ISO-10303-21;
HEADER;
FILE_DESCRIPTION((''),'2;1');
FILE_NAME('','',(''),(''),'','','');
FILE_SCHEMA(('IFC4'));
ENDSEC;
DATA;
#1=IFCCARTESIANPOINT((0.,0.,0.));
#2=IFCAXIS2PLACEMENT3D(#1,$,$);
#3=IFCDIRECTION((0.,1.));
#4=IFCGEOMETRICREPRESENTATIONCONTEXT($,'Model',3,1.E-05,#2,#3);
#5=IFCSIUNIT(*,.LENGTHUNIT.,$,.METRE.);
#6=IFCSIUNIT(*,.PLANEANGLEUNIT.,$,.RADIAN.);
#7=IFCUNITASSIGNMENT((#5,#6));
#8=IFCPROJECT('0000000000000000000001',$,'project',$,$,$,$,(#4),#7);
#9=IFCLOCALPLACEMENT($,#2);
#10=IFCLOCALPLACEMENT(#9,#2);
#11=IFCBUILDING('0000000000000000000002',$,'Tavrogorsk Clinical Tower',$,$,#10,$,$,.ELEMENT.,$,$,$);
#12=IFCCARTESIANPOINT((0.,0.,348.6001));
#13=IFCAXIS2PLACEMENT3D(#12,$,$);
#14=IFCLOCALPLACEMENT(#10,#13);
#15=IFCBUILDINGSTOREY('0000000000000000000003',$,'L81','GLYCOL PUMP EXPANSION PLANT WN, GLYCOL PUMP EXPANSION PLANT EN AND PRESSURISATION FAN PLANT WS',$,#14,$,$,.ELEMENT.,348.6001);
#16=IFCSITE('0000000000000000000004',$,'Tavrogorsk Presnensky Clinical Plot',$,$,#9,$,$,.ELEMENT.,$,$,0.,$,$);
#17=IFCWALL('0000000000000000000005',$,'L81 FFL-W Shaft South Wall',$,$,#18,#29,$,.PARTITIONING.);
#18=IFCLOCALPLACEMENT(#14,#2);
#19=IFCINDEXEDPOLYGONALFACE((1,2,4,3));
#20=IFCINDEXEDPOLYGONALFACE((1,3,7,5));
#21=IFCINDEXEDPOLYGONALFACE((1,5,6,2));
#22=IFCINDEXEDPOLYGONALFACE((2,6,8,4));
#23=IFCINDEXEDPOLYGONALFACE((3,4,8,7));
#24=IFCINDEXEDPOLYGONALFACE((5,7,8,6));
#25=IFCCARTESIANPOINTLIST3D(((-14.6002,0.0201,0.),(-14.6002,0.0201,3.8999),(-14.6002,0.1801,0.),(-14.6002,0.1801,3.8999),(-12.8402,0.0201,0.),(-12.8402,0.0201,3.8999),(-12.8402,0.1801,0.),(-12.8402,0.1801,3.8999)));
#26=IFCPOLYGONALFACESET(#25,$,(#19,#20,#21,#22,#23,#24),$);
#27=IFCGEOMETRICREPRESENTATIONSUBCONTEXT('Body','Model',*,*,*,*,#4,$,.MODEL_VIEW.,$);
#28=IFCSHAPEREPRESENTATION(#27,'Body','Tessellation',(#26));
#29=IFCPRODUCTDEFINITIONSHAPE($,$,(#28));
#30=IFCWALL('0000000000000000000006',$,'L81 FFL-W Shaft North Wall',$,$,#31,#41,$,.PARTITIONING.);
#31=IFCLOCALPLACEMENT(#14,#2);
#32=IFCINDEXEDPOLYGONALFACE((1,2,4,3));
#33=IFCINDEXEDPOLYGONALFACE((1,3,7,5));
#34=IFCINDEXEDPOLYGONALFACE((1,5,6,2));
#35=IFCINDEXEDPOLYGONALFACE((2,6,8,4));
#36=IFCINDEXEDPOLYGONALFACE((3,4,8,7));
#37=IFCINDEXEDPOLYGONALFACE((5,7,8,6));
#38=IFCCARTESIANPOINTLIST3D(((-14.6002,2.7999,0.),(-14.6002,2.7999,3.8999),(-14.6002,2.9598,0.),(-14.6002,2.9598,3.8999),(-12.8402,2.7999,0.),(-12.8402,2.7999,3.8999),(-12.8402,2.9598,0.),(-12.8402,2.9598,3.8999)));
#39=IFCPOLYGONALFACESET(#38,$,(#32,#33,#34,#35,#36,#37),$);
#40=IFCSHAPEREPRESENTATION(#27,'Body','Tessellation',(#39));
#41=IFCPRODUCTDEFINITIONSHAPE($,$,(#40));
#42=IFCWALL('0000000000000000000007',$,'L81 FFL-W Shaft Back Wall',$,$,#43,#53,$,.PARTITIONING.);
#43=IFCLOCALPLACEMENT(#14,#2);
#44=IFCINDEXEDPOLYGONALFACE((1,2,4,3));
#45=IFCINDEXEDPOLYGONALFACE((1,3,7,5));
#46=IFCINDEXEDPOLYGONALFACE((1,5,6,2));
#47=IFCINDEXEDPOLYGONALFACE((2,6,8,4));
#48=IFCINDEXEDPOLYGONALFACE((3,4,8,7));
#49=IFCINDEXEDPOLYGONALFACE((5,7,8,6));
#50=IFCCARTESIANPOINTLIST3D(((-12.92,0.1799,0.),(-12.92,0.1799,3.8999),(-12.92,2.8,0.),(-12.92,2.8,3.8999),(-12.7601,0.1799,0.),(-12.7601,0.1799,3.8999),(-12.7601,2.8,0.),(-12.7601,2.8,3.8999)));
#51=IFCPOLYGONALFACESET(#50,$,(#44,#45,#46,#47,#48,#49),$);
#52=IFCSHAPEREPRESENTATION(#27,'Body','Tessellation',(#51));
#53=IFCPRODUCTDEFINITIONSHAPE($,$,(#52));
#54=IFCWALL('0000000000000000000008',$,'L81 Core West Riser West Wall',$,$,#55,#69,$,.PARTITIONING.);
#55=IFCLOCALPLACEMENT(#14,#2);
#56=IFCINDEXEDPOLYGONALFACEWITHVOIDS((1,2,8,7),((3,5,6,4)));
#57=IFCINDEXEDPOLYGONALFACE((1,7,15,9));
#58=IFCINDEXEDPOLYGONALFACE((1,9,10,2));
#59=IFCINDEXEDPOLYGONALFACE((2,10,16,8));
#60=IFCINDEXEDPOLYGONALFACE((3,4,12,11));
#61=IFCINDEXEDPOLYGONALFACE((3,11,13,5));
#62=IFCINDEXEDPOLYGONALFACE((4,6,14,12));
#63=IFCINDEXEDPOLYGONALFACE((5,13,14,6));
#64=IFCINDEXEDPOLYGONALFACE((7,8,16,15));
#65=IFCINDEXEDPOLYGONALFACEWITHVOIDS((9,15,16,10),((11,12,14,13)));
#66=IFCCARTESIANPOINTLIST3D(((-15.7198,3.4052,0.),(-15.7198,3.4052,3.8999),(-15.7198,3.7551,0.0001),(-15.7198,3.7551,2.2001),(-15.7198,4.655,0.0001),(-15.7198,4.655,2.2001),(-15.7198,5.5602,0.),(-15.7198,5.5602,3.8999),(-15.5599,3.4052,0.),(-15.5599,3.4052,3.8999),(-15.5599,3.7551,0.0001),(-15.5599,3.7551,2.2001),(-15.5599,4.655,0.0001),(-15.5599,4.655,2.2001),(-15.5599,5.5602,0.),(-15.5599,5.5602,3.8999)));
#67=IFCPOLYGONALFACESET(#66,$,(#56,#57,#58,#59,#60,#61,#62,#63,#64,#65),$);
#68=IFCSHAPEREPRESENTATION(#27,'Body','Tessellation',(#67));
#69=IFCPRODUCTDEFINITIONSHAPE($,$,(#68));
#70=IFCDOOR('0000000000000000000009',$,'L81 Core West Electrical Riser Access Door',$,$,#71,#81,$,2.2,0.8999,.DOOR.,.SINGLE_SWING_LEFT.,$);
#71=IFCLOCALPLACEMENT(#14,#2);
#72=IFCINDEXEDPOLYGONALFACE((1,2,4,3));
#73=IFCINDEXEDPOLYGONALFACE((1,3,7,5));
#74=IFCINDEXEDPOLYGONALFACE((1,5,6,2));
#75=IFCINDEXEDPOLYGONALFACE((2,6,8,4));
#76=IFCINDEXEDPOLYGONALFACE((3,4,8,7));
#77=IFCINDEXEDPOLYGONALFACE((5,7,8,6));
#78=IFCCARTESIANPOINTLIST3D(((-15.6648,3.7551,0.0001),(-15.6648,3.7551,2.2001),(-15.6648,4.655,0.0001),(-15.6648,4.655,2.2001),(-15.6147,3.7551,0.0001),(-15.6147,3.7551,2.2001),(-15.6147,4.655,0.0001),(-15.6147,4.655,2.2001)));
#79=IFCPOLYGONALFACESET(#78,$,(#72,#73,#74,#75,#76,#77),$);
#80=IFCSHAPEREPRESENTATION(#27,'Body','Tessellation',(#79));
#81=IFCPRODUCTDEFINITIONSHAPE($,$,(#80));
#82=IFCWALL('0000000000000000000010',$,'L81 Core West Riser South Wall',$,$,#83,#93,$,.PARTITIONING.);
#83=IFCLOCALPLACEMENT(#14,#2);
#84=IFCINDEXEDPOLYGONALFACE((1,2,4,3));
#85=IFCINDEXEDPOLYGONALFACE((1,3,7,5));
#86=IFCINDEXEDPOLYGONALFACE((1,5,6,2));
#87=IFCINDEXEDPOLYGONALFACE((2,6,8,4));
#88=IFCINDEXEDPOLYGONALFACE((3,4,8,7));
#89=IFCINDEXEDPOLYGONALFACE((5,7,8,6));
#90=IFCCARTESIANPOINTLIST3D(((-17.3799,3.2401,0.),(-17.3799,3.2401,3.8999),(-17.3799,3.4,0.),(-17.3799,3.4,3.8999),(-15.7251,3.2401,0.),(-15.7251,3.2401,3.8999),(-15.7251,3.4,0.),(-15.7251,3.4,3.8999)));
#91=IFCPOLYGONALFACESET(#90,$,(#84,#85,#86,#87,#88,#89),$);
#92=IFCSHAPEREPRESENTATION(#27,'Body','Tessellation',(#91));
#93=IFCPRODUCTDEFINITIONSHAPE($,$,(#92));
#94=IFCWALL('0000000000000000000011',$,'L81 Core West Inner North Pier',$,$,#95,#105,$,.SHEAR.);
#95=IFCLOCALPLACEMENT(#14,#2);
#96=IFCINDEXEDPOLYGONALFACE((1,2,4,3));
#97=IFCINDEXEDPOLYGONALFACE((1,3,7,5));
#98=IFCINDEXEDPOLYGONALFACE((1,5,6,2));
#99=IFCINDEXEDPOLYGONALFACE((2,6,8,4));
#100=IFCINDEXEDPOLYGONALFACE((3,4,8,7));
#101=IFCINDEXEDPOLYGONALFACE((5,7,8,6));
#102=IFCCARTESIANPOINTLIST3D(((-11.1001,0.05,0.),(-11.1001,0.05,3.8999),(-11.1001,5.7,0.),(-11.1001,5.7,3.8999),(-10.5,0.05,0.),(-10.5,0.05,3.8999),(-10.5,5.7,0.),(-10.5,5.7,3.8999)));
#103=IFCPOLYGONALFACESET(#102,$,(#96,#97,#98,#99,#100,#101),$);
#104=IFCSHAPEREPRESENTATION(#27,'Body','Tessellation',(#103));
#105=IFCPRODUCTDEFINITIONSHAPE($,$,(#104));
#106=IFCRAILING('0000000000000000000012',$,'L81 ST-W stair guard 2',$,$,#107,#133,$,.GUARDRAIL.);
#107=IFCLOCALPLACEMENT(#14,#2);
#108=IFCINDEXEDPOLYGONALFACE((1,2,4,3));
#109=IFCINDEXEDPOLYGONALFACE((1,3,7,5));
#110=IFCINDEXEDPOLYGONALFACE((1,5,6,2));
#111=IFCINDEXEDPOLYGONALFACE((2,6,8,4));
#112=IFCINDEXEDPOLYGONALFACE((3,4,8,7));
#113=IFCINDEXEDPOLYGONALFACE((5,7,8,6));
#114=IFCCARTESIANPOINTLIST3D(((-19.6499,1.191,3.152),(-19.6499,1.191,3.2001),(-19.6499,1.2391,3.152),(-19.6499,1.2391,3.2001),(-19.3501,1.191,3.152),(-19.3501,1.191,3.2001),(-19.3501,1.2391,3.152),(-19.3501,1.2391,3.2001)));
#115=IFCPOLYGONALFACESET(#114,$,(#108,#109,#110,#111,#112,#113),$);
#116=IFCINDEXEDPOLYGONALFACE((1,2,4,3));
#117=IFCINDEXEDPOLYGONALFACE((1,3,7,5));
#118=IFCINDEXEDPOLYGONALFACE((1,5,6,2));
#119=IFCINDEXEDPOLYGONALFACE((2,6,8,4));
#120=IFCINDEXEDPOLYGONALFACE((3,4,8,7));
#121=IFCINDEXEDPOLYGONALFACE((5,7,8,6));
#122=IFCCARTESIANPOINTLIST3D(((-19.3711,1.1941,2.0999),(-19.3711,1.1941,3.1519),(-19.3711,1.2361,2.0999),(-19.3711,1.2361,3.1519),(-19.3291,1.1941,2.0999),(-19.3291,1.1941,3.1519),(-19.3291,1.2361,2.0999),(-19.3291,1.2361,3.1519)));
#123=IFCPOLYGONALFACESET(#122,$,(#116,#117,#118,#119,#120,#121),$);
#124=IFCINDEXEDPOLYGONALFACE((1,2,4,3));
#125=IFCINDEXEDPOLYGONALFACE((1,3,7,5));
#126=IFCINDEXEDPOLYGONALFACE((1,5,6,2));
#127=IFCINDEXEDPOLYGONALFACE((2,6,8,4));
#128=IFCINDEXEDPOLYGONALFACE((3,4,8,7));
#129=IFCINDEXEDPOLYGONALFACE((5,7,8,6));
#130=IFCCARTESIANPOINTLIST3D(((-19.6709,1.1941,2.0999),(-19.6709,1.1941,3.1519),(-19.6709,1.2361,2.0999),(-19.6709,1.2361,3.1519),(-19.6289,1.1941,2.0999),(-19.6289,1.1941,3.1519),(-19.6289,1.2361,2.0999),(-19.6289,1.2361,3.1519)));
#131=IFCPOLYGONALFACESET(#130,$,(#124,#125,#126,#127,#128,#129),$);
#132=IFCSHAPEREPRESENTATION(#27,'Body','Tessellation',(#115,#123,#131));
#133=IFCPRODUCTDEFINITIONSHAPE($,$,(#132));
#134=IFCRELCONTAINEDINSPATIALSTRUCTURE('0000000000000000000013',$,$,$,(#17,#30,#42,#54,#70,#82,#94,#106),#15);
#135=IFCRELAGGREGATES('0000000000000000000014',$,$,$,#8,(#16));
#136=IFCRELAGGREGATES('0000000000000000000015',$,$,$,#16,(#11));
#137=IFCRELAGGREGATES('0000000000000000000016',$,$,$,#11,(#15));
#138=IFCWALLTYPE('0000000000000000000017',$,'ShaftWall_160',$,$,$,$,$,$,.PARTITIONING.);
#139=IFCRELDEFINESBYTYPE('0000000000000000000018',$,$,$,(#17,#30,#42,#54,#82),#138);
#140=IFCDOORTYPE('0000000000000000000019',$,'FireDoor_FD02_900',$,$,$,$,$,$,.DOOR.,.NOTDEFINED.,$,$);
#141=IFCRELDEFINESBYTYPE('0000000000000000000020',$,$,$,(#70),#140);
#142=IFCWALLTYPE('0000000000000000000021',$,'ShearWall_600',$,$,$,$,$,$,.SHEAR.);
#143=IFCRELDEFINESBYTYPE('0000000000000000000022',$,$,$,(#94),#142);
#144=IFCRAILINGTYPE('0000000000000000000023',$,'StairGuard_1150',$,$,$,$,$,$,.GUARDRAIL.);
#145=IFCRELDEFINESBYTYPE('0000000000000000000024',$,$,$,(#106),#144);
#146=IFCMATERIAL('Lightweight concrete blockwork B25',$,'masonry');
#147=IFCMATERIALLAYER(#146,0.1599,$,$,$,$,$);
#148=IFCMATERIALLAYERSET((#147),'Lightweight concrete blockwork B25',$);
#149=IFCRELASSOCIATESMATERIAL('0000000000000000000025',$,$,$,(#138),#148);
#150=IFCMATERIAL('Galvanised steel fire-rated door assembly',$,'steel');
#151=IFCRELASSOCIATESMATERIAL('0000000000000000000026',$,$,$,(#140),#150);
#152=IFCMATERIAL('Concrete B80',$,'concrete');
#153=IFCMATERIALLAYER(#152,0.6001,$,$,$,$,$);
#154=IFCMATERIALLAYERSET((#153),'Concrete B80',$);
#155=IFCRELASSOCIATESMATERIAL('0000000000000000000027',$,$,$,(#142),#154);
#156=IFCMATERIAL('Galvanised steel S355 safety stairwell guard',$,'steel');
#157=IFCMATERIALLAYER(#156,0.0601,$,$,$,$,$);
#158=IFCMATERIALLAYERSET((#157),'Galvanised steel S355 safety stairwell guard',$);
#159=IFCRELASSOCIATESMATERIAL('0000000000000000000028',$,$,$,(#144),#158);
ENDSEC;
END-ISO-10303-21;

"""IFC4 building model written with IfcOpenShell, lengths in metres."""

from ifc_helpers import new_model, si_unit, direction, frame, frame_2d, origin, origin_2d, place, context, subcontext, project, spatial, rectangle, extrude, material, layer, layer_set, type_object, element, fill, save


model = new_model("IFC4")

# Units and contexts
model_context = context("Model", 3, precision=1e-05, world=origin(), true_north=direction((0.0, 1.0)))
body_context = subcontext(model_context, "Body", "Model", "MODEL_VIEW")
ifc_project = project(units=[si_unit("LENGTHUNIT", "METRE"), si_unit("PLANEANGLEUNIT", "RADIAN")], contexts=[model_context])

# Site, building, storey
site_placement = place(None, origin())
site = spatial("IfcSite", under=ifc_project, at=site_placement, Name="Tavrogorsk Presnensky Clinical Plot", CompositionType="ELEMENT", RefElevation=0.0)
building_placement = place(site_placement, origin())
building = spatial("IfcBuilding", under=site, at=building_placement, Name="Tavrogorsk Clinical Tower", CompositionType="ELEMENT")
storey_placement = place(building_placement, frame((0.0, 0.0, 348.6001)))
storey = spatial("IfcBuildingStorey", under=building, at=storey_placement, Name="L81", Description="GLYCOL PUMP EXPANSION PLANT WN, GLYCOL PUMP EXPANSION PLANT EN AND PRESSURISATION FAN PLANT WS", CompositionType="ELEMENT", Elevation=348.6001)

# Shared definitions
ifc_material_1 = material(Name="Lightweight concrete blockwork B25", Category="masonry")
ifc_layer_1 = layer(ifc_material_1, 0.1599)
ifc_layer_set_1 = layer_set([ifc_layer_1], Name="Lightweight concrete blockwork B25")
wall_type_1 = type_object("IfcWallType", Name="ShaftWall_160", PredefinedType="PARTITIONING", material=ifc_layer_set_1)

# Walls
for number, where, z_axis, x_axis, name in (
    (1, (-14.6001, 0.1001, 0.0), (0.0, 0.0, 1.0), (1.0, 0.0, 0.0), "L81 FFL-W Shaft South Wall"),
    (2, (-14.6001, 2.8799, 0.0), (0.0, 0.0, 1.0), (1.0, 0.0, 0.0), "L81 FFL-W Shaft North Wall"),
):
    element("IfcWall", number, at=place(storey_placement, frame(where, z_axis=z_axis, x_axis=x_axis)), inside=storey, type_object=wall_type_1, Name=name, PredefinedType="PARTITIONING", context=body_context, shape_type="SweptSolid", body=[
        extrude(rectangle(XDim=1.76, YDim=0.1599, at=frame_2d((0.8799, 0.0))), origin(), (0.0, 0.0, 1.0), 3.8999),
    ])
wall_1_placement = place(storey_placement, frame((-12.8401, 0.1799, 0.0), z_axis=(0.0, 0.0, 1.0), x_axis=(0.0, 1.0, 0.0)))
element("IfcWall", 3, at=wall_1_placement, inside=storey, type_object=wall_type_1, Name="L81 FFL-W Shaft Back Wall", PredefinedType="PARTITIONING", context=body_context, shape_type="SweptSolid", body=[
    extrude(rectangle(XDim=2.6201, YDim=0.1599, at=frame_2d((1.3101, 0.0))), origin(), (0.0, 0.0, 1.0), 3.8999),
])

# Wall, opening, door
wall_2_placement = place(storey_placement, frame((-15.6399, 3.405, 0.0), z_axis=(0.0, 0.0, 1.0), x_axis=(0.0, 1.0, 0.0)))
wall_2 = element("IfcWall", 4, at=wall_2_placement, inside=storey, type_object=wall_type_1, Name="L81 Core West Riser West Wall", PredefinedType="PARTITIONING", context=body_context, shape_type="SweptSolid", body=[
    extrude(rectangle(XDim=2.155, YDim=0.1599, at=frame_2d((1.0776, 0.0))), origin(), (0.0, 0.0, 1.0), 3.8999),
])
opening_1_placement = place(wall_2_placement, frame((0.3501, 0.0, 0.0)))
opening_1 = element("IfcOpeningElement", 5, at=opening_1_placement, cuts=wall_2, PredefinedType="OPENING", context=body_context, shape_type="SweptSolid", body=[
    extrude(rectangle(XDim=0.8999, YDim=2.2, at=frame_2d((0.45, 1.1001))), frame((0.0, 0.0898, 0.0), z_axis=(0.0, -1.0, 0.0), x_axis=(1.0, 0.0, 0.0)), (0.0, 0.0, 1.0), 0.1799),
])
ifc_material_2 = material(Name="Galvanised steel fire-rated door assembly", Category="steel")
door_type_1 = type_object("IfcDoorType", Name="FireDoor_FD02_900", OperationType="NOTDEFINED", PredefinedType="DOOR", material=ifc_material_2)
door_1_placement = place(opening_1_placement, origin())
door_1 = element("IfcDoor", 6, at=door_1_placement, inside=storey, type_object=door_type_1, Name="L81 Core West Electrical Riser Access Door", OperationType="SINGLE_SWING_LEFT", OverallHeight=2.2, OverallWidth=0.8999, PredefinedType="DOOR", context=body_context, shape_type="SweptSolid", body=[
    extrude(rectangle(XDim=0.8999, YDim=2.2, at=frame_2d((0.45, 1.1001))), frame((0.0, 0.0249, 0.0), z_axis=(0.0, -1.0, 0.0), x_axis=(1.0, 0.0, 0.0)), (0.0, 0.0, 1.0), 0.05),
])
fill(opening_1, door_1)

# Walls
wall_3_placement = place(storey_placement, frame((-17.3799, 3.3201, 0.0), z_axis=(0.0, 0.0, 1.0), x_axis=(1.0, 0.0, 0.0)))
element("IfcWall", 7, at=wall_3_placement, inside=storey, type_object=wall_type_1, Name="L81 Core West Riser South Wall", PredefinedType="PARTITIONING", context=body_context, shape_type="SweptSolid", body=[
    extrude(rectangle(XDim=1.6548, YDim=0.1599, at=frame_2d((0.8274, 0.0))), origin(), (0.0, 0.0, 1.0), 3.8999),
])
ifc_material_3 = material(Name="Concrete B80", Category="concrete")
ifc_layer_2 = layer(ifc_material_3, 0.6001)
ifc_layer_set_2 = layer_set([ifc_layer_2], Name="Concrete B80")
wall_type_2 = type_object("IfcWallType", Name="ShearWall_600", PredefinedType="SHEAR", material=ifc_layer_set_2)
wall_4_placement = place(storey_placement, frame((-10.8, 0.05, 0.0), z_axis=(0.0, 0.0, 1.0), x_axis=(0.0, 1.0, 0.0)))
element("IfcWall", 8, at=wall_4_placement, inside=storey, type_object=wall_type_2, Name="L81 Core West Inner North Pier", PredefinedType="SHEAR", context=body_context, shape_type="SweptSolid", body=[
    extrude(rectangle(XDim=5.6499, YDim=0.6001, at=frame_2d((2.825, 0.0))), origin(), (0.0, 0.0, 1.0), 3.8999),
])

# Railing
ifc_material_4 = material(Name="Galvanised steel S355 safety stairwell guard", Category="steel")
ifc_layer_3 = layer(ifc_material_4, 0.0601)
ifc_layer_set_3 = layer_set([ifc_layer_3], Name="Galvanised steel S355 safety stairwell guard")
railing_type = type_object("IfcRailingType", Name="StairGuard_1150", PredefinedType="GUARDRAIL", material=ifc_layer_set_3)
railing_placement = place(storey_placement, frame((-19.3501, 1.2151, 2.0999)))
element("IfcRailing", 9, at=railing_placement, inside=storey, type_object=railing_type, Name="L81 ST-W stair guard 2", PredefinedType="GUARDRAIL", context=body_context, shape_type="SweptSolid", body=[
    extrude(rectangle(XDim=0.0481, YDim=0.0481, at=origin_2d()), frame((0.0, 0.0, 1.0762), z_axis=(-1.0, 0.0, 0.0), x_axis=(0.0, -1.0, 0.0)), (0.0, 0.0, 1.0), 0.2998),
    extrude(rectangle(XDim=0.042, YDim=0.042, at=origin_2d()), origin(), (0.0, 0.0, 1.0), 1.052),
    extrude(rectangle(XDim=0.042, YDim=0.042, at=origin_2d()), frame((-0.2998, 0.0, 0.0)), (0.0, 0.0, 1.0), 1.052),
])

save(model, "model.ifc")
